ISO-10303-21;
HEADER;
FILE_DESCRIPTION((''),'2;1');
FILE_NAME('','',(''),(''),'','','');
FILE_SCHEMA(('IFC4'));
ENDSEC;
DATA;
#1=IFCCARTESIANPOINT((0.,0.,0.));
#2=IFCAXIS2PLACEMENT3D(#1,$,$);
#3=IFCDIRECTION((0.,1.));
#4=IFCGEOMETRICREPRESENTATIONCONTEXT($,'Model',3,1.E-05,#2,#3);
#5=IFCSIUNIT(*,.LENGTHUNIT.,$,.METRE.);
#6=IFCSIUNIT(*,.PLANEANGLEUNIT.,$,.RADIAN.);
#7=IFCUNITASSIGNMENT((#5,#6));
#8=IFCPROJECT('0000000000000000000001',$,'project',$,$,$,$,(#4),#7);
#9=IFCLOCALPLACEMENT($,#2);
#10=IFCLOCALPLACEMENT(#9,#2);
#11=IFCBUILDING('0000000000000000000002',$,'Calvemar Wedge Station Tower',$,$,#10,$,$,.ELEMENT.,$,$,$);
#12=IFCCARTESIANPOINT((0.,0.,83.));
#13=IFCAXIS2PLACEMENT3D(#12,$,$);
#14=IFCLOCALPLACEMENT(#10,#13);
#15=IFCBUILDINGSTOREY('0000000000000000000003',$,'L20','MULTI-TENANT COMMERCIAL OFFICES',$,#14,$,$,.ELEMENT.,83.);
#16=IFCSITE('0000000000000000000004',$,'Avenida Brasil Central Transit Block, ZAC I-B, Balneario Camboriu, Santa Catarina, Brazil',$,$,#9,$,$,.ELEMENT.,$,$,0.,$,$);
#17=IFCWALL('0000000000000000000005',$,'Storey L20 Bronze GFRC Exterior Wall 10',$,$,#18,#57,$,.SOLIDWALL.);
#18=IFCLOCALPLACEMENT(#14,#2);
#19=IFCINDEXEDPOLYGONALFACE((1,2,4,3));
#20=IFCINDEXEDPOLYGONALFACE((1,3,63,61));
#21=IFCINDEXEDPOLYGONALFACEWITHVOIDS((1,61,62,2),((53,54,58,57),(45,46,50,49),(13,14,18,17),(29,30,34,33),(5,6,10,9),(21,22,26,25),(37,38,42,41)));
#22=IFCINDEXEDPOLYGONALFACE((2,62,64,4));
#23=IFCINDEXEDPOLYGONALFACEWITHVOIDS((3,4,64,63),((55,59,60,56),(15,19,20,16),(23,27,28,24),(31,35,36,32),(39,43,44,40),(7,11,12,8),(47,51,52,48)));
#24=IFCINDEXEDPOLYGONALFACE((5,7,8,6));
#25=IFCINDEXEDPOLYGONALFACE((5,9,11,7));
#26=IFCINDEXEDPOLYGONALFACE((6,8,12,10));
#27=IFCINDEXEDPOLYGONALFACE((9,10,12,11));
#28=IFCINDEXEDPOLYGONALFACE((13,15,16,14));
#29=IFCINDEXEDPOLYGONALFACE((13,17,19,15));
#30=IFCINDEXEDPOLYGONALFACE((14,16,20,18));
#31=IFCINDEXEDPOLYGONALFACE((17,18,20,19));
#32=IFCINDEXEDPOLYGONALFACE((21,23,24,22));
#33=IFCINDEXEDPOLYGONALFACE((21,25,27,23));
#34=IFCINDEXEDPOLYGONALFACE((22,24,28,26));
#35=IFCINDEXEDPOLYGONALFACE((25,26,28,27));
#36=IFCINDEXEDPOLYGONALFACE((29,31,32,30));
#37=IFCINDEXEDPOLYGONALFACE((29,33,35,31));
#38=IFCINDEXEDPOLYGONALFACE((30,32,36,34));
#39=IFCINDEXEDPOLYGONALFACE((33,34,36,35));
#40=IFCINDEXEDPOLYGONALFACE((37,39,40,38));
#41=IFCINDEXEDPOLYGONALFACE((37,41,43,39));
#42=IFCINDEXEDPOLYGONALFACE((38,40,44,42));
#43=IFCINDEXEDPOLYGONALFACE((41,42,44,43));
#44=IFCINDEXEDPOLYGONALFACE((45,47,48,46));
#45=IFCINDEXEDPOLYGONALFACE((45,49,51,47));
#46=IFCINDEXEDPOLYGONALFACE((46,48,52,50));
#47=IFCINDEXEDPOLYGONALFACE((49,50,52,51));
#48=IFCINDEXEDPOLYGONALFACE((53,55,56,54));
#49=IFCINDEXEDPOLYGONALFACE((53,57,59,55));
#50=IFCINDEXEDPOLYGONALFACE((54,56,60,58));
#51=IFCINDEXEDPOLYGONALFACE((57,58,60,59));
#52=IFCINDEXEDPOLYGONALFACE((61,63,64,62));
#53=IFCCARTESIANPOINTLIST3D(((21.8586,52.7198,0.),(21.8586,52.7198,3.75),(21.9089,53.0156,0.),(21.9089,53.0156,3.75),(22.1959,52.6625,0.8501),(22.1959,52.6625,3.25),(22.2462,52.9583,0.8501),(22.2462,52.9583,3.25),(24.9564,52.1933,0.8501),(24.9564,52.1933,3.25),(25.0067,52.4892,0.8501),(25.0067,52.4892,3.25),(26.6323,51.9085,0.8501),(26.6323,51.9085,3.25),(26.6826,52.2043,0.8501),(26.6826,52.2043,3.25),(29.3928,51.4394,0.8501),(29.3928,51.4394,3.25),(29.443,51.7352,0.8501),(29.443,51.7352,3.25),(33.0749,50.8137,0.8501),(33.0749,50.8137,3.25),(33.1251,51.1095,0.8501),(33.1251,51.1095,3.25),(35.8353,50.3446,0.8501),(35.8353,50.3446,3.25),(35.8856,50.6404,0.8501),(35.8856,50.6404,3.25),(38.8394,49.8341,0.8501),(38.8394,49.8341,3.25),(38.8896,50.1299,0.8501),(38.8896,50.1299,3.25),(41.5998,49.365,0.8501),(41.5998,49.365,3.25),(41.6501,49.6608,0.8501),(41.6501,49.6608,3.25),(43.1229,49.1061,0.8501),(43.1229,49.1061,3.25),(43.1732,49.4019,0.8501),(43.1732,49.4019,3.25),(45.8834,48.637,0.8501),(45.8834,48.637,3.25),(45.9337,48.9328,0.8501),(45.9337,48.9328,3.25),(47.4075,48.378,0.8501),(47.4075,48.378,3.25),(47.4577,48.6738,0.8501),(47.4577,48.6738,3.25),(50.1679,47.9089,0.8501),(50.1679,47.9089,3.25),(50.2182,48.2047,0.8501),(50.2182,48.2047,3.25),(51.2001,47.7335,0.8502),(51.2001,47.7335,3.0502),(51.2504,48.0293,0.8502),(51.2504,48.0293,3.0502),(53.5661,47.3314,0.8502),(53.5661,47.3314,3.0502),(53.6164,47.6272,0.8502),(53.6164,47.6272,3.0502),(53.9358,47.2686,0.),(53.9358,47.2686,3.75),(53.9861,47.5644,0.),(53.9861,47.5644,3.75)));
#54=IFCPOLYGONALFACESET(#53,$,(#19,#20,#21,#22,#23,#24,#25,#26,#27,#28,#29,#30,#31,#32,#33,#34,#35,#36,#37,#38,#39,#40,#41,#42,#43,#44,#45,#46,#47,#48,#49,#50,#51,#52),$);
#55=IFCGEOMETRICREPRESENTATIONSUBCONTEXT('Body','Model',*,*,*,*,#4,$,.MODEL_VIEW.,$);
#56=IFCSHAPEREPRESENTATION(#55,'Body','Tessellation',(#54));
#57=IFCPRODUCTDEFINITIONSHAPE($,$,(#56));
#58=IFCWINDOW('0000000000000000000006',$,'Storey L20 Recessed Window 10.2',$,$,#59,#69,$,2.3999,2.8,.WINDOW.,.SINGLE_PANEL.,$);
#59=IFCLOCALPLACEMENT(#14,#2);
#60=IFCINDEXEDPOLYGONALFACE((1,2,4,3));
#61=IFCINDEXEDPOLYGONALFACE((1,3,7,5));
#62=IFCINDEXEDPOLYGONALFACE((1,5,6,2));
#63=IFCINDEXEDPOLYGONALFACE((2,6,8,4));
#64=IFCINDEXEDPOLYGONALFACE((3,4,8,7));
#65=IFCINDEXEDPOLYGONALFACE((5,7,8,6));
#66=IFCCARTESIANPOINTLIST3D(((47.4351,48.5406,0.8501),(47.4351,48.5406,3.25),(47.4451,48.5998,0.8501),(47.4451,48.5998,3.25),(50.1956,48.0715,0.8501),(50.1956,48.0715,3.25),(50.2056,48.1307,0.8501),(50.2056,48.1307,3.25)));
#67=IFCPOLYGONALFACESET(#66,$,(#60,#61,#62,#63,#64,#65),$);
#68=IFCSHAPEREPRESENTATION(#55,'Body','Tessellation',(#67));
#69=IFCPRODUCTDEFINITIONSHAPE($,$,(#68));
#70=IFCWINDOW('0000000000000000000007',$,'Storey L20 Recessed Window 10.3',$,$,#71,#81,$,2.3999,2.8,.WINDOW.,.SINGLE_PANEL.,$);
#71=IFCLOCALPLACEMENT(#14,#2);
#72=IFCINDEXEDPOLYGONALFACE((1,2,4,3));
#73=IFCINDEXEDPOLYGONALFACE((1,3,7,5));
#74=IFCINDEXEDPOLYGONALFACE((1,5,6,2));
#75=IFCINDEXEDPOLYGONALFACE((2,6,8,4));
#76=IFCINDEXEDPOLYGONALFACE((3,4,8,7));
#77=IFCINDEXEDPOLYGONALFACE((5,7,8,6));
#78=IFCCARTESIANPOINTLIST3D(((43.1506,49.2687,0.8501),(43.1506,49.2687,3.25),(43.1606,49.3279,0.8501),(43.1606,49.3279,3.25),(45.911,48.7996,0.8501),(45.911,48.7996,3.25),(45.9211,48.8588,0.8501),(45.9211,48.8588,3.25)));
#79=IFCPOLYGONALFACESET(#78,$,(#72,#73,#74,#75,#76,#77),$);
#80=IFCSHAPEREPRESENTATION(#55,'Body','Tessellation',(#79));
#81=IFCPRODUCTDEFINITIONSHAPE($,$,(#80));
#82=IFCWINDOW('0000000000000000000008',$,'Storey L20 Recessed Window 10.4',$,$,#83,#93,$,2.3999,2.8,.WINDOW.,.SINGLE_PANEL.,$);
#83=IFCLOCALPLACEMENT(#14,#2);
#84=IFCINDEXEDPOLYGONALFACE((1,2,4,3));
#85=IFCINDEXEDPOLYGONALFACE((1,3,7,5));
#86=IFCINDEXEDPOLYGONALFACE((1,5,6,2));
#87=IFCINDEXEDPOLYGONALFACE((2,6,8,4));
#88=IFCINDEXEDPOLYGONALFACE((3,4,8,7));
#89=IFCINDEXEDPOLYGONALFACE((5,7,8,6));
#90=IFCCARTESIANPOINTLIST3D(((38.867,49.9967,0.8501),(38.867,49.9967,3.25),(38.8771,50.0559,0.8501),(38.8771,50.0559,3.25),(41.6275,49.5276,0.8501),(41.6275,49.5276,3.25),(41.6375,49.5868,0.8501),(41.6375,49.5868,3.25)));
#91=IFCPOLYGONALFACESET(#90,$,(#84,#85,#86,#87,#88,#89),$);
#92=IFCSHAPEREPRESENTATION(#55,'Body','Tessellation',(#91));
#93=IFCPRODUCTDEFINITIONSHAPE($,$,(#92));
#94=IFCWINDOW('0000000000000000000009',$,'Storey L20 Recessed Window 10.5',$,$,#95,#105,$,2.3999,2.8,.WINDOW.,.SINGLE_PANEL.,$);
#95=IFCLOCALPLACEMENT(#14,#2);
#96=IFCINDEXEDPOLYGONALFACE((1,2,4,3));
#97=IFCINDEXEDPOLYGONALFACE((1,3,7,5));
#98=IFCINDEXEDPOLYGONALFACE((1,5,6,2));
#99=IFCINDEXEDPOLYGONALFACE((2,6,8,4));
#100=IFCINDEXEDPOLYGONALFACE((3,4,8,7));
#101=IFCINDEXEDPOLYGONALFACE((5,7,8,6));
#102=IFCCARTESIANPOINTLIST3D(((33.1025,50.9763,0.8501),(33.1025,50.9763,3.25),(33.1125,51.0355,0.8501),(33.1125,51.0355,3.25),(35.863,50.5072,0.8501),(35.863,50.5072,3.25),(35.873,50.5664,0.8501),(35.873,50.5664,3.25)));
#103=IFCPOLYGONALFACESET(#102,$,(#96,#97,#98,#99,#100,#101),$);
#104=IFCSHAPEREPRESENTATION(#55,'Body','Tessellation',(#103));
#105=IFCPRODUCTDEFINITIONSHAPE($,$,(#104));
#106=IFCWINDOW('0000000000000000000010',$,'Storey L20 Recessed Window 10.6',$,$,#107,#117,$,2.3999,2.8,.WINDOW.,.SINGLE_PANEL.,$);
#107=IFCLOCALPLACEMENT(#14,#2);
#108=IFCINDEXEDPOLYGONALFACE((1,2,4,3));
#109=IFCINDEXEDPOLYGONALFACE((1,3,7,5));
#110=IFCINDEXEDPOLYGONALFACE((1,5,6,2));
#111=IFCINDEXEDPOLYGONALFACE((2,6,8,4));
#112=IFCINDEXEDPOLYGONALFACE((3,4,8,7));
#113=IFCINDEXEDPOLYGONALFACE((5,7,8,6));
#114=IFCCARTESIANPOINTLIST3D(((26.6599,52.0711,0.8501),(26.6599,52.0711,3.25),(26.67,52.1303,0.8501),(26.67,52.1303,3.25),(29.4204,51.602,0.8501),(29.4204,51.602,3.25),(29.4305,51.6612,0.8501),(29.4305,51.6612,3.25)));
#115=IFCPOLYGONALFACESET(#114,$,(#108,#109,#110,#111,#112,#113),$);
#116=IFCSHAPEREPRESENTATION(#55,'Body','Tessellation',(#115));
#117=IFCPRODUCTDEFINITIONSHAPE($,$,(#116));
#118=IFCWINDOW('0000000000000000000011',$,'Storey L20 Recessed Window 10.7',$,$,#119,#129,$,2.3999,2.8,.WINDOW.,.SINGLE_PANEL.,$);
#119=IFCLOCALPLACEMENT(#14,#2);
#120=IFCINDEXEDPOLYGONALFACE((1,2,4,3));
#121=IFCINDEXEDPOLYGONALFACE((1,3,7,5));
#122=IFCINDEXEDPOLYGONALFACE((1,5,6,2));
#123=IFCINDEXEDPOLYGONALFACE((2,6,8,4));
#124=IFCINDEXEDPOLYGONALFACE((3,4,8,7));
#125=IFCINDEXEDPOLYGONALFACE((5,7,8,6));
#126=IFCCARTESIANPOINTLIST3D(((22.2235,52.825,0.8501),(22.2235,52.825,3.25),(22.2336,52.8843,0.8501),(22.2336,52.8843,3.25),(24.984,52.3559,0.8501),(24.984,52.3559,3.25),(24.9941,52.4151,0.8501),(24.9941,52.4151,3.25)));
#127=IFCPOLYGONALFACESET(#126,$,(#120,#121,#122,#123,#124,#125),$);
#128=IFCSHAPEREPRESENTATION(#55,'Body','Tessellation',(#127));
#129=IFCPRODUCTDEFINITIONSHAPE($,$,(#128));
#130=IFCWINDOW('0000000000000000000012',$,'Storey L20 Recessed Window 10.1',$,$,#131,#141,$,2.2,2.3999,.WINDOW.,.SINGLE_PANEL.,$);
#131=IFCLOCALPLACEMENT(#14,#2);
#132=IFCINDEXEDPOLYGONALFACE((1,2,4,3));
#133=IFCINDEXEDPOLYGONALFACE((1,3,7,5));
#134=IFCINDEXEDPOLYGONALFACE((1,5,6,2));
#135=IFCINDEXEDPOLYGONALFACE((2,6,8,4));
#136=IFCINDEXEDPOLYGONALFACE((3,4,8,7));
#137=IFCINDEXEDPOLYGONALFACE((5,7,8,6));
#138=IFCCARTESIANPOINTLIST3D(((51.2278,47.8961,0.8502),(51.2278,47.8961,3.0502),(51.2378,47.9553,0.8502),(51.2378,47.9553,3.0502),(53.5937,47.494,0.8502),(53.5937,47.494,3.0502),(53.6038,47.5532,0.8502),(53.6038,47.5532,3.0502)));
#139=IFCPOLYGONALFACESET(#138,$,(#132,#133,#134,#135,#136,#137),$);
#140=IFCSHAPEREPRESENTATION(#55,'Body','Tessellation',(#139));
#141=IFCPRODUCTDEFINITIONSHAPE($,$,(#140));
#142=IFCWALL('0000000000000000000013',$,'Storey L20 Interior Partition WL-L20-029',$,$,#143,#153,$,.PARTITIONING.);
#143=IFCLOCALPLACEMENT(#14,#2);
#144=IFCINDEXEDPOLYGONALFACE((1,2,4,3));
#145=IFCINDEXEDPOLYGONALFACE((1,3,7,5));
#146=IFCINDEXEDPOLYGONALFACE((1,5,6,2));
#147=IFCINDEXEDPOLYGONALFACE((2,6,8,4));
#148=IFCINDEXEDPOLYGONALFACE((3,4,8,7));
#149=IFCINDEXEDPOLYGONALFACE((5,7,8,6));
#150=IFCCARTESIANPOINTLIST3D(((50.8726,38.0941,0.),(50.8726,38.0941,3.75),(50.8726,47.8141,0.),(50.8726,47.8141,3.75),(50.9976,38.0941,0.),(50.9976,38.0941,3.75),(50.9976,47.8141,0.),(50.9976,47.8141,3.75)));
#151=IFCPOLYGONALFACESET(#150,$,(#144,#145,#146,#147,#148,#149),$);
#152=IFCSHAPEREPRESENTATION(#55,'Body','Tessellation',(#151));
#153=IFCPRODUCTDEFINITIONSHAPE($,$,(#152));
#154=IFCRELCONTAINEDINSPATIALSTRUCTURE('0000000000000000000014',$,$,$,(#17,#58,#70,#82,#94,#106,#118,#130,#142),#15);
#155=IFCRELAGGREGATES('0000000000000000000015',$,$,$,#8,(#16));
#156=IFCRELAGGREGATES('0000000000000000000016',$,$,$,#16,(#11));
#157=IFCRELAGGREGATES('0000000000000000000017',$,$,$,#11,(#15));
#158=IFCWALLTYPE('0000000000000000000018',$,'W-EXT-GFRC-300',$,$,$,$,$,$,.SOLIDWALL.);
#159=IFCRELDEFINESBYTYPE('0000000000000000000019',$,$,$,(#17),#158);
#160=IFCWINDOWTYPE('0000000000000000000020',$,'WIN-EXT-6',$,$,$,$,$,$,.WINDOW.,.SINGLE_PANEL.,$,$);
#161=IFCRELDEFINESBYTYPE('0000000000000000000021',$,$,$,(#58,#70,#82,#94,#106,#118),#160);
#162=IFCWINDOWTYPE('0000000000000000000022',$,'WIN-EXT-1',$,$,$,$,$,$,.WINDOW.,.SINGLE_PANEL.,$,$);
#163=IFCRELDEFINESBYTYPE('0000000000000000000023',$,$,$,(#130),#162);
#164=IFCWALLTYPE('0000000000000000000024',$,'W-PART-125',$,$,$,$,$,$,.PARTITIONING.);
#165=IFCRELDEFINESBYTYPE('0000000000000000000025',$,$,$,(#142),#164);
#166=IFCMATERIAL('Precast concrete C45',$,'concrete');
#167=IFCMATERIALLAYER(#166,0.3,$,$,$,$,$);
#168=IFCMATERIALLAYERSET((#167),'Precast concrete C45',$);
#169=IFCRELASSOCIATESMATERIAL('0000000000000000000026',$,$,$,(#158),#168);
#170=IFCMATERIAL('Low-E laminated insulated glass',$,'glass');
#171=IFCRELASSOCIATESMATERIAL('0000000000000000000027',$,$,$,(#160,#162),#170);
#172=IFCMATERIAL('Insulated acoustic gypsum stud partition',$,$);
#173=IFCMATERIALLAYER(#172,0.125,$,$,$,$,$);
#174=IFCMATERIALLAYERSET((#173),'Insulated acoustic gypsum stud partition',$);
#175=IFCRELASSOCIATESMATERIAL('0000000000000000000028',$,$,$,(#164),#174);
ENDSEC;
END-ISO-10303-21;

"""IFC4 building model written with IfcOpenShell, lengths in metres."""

from ifc_helpers import new_model, si_unit, direction, frame, frame_2d, origin, place, context, subcontext, project, spatial, rectangle, extrude, source, transform, mapped, material, layer, layer_set, type_object, element, fill, save


model = new_model("IFC4")

# Units and contexts
model_context = context("Model", 3, precision=1e-05, world=origin(), true_north=direction((0.0, 1.0)))
body_context = subcontext(model_context, "Body", "Model", "MODEL_VIEW")
ifc_project = project(units=[si_unit("LENGTHUNIT", "METRE"), si_unit("PLANEANGLEUNIT", "RADIAN")], contexts=[model_context])

# Site, building, storey
site_placement = place(None, origin())
site = spatial("IfcSite", under=ifc_project, at=site_placement, Name="Avenida Brasil Central Transit Block, ZAC I-B, Balneario Camboriu, Santa Catarina, Brazil", CompositionType="ELEMENT", RefElevation=0.0)
building_placement = place(site_placement, origin())
building = spatial("IfcBuilding", under=site, at=building_placement, Name="Calvemar Wedge Station Tower", CompositionType="ELEMENT")
storey_placement = place(building_placement, frame((0.0, 0.0, 83.0)))
storey = spatial("IfcBuildingStorey", under=building, at=storey_placement, Name="L20", Description="MULTI-TENANT COMMERCIAL OFFICES", CompositionType="ELEMENT", Elevation=83.0)

# Shared definitions
ifc_material_1 = material(Name="Precast concrete C45", Category="concrete")

# Shared definitions
ifc_layer_1 = layer(ifc_material_1, 0.3)
ifc_layer_set_1 = layer_set([ifc_layer_1], Name="Precast concrete C45")
wall_type_1 = type_object("IfcWallType", Name="W-EXT-GFRC-300", PredefinedType="SOLIDWALL", material=ifc_layer_set_1)
ifc_material_2 = material(Name="Low-E laminated insulated glass", Category="glass")

# Wall, openings, windows
wall_1_placement = place(storey_placement, frame((53.9609, 47.4165, 0.0), z_axis=(0.0, 0.0, 1.0), x_axis=(-0.985866, 0.167537, 0.0)))
wall_1 = element("IfcWall", 1, at=wall_1_placement, inside=storey, type_object=wall_type_1, Name="Storey L20 Bronze GFRC Exterior Wall 10", PredefinedType="SOLIDWALL", context=body_context, shape_type="SweptSolid", body=[
    extrude(rectangle(XDim=32.5371, YDim=0.3, at=frame_2d((16.2686, 0.0))), origin(), (0.0, 0.0, 1.0), 3.75),
])
shared_shape_1 = source(origin(), body_context, "Body", "SweptSolid", [
    extrude(rectangle(XDim=2.3999, YDim=2.2, at=frame_2d((1.2, 1.1001))), frame((0.0, 0.1602, 0.0), z_axis=(0.0, -1.0, 0.0), x_axis=(1.0, 0.0, 0.0)), (0.0, 0.0, 1.0), 0.3201),
])
opening_1_placement = place(wall_1_placement, frame((0.375, 0.0, 0.8501)))
opening_1 = element("IfcOpeningElement", 2, at=opening_1_placement, cuts=wall_1, PredefinedType="OPENING", context=body_context, shape_type="MappedRepresentation", body=[
    mapped(shared_shape_1, transform((0.0, 0.0, 0.0), scale=1.0)),
])
shared_shape_2 = source(origin(), body_context, "Body", "SweptSolid", [
    extrude(rectangle(XDim=2.8, YDim=2.3999, at=frame_2d((1.3999, 1.2))), frame((0.0, 0.1602, 0.0), z_axis=(0.0, -1.0, 0.0), x_axis=(1.0, 0.0, 0.0)), (0.0, 0.0, 1.0), 0.3201),
])
opening_2_placement = place(wall_1_placement, frame((3.822, 0.0, 0.8501)))
opening_2 = element("IfcOpeningElement", 3, at=opening_2_placement, cuts=wall_1, PredefinedType="OPENING", context=body_context, shape_type="MappedRepresentation", body=[
    mapped(shared_shape_2, transform((0.0, 0.0, 0.0), scale=1.0)),
])
opening_3_placement = place(wall_1_placement, frame((8.168, 0.0, 0.8501)))
opening_3 = element("IfcOpeningElement", 4, at=opening_3_placement, cuts=wall_1, PredefinedType="OPENING", context=body_context, shape_type="MappedRepresentation", body=[
    mapped(shared_shape_2, transform((0.0, 0.0, 0.0), scale=1.0)),
])
opening_4_placement = place(wall_1_placement, frame((12.5129, 0.0, 0.8501)))
opening_4 = element("IfcOpeningElement", 5, at=opening_4_placement, cuts=wall_1, PredefinedType="OPENING", context=body_context, shape_type="MappedRepresentation", body=[
    mapped(shared_shape_2, transform((0.0, 0.0, 0.0), scale=1.0)),
])
opening_5_placement = place(wall_1_placement, frame((18.3601, 0.0, 0.8501)))
opening_5 = element("IfcOpeningElement", 6, at=opening_5_placement, cuts=wall_1, PredefinedType="OPENING", context=body_context, shape_type="MappedRepresentation", body=[
    mapped(shared_shape_2, transform((0.0, 0.0, 0.0), scale=1.0)),
])
opening_6_placement = place(wall_1_placement, frame((24.895, 0.0, 0.8501)))
opening_6 = element("IfcOpeningElement", 7, at=opening_6_placement, cuts=wall_1, PredefinedType="OPENING", context=body_context, shape_type="MappedRepresentation", body=[
    mapped(shared_shape_2, transform((0.0, 0.0, 0.0), scale=1.0)),
])
opening_7_placement = place(wall_1_placement, frame((29.395, 0.0, 0.8501)))
opening_7 = element("IfcOpeningElement", 8, at=opening_7_placement, cuts=wall_1, PredefinedType="OPENING", context=body_context, shape_type="MappedRepresentation", body=[
    mapped(shared_shape_2, transform((0.0, 0.0, 0.0), scale=1.0)),
])
window_type_1 = type_object("IfcWindowType", Name="WIN-EXT-6", PartitioningType="SINGLE_PANEL", PredefinedType="WINDOW", material=ifc_material_2)
shared_shape_3 = source(origin(), body_context, "Body", "SweptSolid", [
    extrude(rectangle(XDim=2.8, YDim=2.3999, at=frame_2d((1.3999, 1.2))), frame((0.0, -0.0149, 0.0), z_axis=(0.0, -1.0, 0.0), x_axis=(1.0, 0.0, 0.0)), (0.0, 0.0, 1.0), 0.0601),
])
window_1_placement = place(opening_2_placement, origin())
window_1 = element("IfcWindow", 9, at=window_1_placement, inside=storey, type_object=window_type_1, Name="Storey L20 Recessed Window 10.2", OverallHeight=2.3999, OverallWidth=2.8, PartitioningType="SINGLE_PANEL", PredefinedType="WINDOW", context=body_context, shape_type="MappedRepresentation", body=[
    mapped(shared_shape_3, transform((0.0, 0.0, 0.0), scale=1.0)),
])
fill(opening_2, window_1)
window_2_placement = place(opening_3_placement, origin())
window_2 = element("IfcWindow", 10, at=window_2_placement, inside=storey, type_object=window_type_1, Name="Storey L20 Recessed Window 10.3", OverallHeight=2.3999, OverallWidth=2.8, PartitioningType="SINGLE_PANEL", PredefinedType="WINDOW", context=body_context, shape_type="MappedRepresentation", body=[
    mapped(shared_shape_3, transform((0.0, 0.0, 0.0), scale=1.0)),
])
fill(opening_3, window_2)
window_3_placement = place(opening_4_placement, origin())
window_3 = element("IfcWindow", 11, at=window_3_placement, inside=storey, type_object=window_type_1, Name="Storey L20 Recessed Window 10.4", OverallHeight=2.3999, OverallWidth=2.8, PartitioningType="SINGLE_PANEL", PredefinedType="WINDOW", context=body_context, shape_type="MappedRepresentation", body=[
    mapped(shared_shape_3, transform((0.0, 0.0, 0.0), scale=1.0)),
])
fill(opening_4, window_3)
window_4_placement = place(opening_5_placement, origin())
window_4 = element("IfcWindow", 12, at=window_4_placement, inside=storey, type_object=window_type_1, Name="Storey L20 Recessed Window 10.5", OverallHeight=2.3999, OverallWidth=2.8, PartitioningType="SINGLE_PANEL", PredefinedType="WINDOW", context=body_context, shape_type="MappedRepresentation", body=[
    mapped(shared_shape_3, transform((0.0, 0.0, 0.0), scale=1.0)),
])
fill(opening_5, window_4)
window_5_placement = place(opening_6_placement, origin())
window_5 = element("IfcWindow", 13, at=window_5_placement, inside=storey, type_object=window_type_1, Name="Storey L20 Recessed Window 10.6", OverallHeight=2.3999, OverallWidth=2.8, PartitioningType="SINGLE_PANEL", PredefinedType="WINDOW", context=body_context, shape_type="MappedRepresentation", body=[
    mapped(shared_shape_3, transform((0.0, 0.0, 0.0), scale=1.0)),
])
fill(opening_6, window_5)
window_6_placement = place(opening_7_placement, origin())
window_6 = element("IfcWindow", 14, at=window_6_placement, inside=storey, type_object=window_type_1, Name="Storey L20 Recessed Window 10.7", OverallHeight=2.3999, OverallWidth=2.8, PartitioningType="SINGLE_PANEL", PredefinedType="WINDOW", context=body_context, shape_type="MappedRepresentation", body=[
    mapped(shared_shape_3, transform((0.0, 0.0, 0.0), scale=1.0)),
])
fill(opening_7, window_6)
window_type_2 = type_object("IfcWindowType", Name="WIN-EXT-1", PartitioningType="SINGLE_PANEL", PredefinedType="WINDOW", material=ifc_material_2)
shared_shape_4 = source(origin(), body_context, "Body", "SweptSolid", [
    extrude(rectangle(XDim=2.3999, YDim=2.2, at=frame_2d((1.2, 1.1001))), frame((0.0, -0.0149, 0.0), z_axis=(0.0, -1.0, 0.0), x_axis=(1.0, 0.0, 0.0)), (0.0, 0.0, 1.0), 0.0601),
])
window_7_placement = place(opening_1_placement, origin())
window_7 = element("IfcWindow", 15, at=window_7_placement, inside=storey, type_object=window_type_2, Name="Storey L20 Recessed Window 10.1", OverallHeight=2.2, OverallWidth=2.3999, PartitioningType="SINGLE_PANEL", PredefinedType="WINDOW", context=body_context, shape_type="MappedRepresentation", body=[
    mapped(shared_shape_4, transform((0.0, 0.0, 0.0), scale=1.0)),
])
fill(opening_1, window_7)

# Wall
ifc_material_3 = material(Name="Insulated acoustic gypsum stud partition")
ifc_layer_2 = layer(ifc_material_3, 0.125)
ifc_layer_set_2 = layer_set([ifc_layer_2], Name="Insulated acoustic gypsum stud partition")
wall_type_2 = type_object("IfcWallType", Name="W-PART-125", PredefinedType="PARTITIONING", material=ifc_layer_set_2)
wall_2_placement = place(storey_placement, frame((50.9351, 47.814, 0.0), z_axis=(0.0, 0.0, 1.0), x_axis=(0.0, -1.0, 0.0)))
element("IfcWall", 16, at=wall_2_placement, inside=storey, type_object=wall_type_2, Name="Storey L20 Interior Partition WL-L20-029", PredefinedType="PARTITIONING", context=body_context, shape_type="SweptSolid", body=[
    extrude(rectangle(XDim=9.72, YDim=0.125, at=frame_2d((4.8599, 0.0))), origin(), (0.0, 0.0, 1.0), 3.75),
])

save(model, "model.ifc")
